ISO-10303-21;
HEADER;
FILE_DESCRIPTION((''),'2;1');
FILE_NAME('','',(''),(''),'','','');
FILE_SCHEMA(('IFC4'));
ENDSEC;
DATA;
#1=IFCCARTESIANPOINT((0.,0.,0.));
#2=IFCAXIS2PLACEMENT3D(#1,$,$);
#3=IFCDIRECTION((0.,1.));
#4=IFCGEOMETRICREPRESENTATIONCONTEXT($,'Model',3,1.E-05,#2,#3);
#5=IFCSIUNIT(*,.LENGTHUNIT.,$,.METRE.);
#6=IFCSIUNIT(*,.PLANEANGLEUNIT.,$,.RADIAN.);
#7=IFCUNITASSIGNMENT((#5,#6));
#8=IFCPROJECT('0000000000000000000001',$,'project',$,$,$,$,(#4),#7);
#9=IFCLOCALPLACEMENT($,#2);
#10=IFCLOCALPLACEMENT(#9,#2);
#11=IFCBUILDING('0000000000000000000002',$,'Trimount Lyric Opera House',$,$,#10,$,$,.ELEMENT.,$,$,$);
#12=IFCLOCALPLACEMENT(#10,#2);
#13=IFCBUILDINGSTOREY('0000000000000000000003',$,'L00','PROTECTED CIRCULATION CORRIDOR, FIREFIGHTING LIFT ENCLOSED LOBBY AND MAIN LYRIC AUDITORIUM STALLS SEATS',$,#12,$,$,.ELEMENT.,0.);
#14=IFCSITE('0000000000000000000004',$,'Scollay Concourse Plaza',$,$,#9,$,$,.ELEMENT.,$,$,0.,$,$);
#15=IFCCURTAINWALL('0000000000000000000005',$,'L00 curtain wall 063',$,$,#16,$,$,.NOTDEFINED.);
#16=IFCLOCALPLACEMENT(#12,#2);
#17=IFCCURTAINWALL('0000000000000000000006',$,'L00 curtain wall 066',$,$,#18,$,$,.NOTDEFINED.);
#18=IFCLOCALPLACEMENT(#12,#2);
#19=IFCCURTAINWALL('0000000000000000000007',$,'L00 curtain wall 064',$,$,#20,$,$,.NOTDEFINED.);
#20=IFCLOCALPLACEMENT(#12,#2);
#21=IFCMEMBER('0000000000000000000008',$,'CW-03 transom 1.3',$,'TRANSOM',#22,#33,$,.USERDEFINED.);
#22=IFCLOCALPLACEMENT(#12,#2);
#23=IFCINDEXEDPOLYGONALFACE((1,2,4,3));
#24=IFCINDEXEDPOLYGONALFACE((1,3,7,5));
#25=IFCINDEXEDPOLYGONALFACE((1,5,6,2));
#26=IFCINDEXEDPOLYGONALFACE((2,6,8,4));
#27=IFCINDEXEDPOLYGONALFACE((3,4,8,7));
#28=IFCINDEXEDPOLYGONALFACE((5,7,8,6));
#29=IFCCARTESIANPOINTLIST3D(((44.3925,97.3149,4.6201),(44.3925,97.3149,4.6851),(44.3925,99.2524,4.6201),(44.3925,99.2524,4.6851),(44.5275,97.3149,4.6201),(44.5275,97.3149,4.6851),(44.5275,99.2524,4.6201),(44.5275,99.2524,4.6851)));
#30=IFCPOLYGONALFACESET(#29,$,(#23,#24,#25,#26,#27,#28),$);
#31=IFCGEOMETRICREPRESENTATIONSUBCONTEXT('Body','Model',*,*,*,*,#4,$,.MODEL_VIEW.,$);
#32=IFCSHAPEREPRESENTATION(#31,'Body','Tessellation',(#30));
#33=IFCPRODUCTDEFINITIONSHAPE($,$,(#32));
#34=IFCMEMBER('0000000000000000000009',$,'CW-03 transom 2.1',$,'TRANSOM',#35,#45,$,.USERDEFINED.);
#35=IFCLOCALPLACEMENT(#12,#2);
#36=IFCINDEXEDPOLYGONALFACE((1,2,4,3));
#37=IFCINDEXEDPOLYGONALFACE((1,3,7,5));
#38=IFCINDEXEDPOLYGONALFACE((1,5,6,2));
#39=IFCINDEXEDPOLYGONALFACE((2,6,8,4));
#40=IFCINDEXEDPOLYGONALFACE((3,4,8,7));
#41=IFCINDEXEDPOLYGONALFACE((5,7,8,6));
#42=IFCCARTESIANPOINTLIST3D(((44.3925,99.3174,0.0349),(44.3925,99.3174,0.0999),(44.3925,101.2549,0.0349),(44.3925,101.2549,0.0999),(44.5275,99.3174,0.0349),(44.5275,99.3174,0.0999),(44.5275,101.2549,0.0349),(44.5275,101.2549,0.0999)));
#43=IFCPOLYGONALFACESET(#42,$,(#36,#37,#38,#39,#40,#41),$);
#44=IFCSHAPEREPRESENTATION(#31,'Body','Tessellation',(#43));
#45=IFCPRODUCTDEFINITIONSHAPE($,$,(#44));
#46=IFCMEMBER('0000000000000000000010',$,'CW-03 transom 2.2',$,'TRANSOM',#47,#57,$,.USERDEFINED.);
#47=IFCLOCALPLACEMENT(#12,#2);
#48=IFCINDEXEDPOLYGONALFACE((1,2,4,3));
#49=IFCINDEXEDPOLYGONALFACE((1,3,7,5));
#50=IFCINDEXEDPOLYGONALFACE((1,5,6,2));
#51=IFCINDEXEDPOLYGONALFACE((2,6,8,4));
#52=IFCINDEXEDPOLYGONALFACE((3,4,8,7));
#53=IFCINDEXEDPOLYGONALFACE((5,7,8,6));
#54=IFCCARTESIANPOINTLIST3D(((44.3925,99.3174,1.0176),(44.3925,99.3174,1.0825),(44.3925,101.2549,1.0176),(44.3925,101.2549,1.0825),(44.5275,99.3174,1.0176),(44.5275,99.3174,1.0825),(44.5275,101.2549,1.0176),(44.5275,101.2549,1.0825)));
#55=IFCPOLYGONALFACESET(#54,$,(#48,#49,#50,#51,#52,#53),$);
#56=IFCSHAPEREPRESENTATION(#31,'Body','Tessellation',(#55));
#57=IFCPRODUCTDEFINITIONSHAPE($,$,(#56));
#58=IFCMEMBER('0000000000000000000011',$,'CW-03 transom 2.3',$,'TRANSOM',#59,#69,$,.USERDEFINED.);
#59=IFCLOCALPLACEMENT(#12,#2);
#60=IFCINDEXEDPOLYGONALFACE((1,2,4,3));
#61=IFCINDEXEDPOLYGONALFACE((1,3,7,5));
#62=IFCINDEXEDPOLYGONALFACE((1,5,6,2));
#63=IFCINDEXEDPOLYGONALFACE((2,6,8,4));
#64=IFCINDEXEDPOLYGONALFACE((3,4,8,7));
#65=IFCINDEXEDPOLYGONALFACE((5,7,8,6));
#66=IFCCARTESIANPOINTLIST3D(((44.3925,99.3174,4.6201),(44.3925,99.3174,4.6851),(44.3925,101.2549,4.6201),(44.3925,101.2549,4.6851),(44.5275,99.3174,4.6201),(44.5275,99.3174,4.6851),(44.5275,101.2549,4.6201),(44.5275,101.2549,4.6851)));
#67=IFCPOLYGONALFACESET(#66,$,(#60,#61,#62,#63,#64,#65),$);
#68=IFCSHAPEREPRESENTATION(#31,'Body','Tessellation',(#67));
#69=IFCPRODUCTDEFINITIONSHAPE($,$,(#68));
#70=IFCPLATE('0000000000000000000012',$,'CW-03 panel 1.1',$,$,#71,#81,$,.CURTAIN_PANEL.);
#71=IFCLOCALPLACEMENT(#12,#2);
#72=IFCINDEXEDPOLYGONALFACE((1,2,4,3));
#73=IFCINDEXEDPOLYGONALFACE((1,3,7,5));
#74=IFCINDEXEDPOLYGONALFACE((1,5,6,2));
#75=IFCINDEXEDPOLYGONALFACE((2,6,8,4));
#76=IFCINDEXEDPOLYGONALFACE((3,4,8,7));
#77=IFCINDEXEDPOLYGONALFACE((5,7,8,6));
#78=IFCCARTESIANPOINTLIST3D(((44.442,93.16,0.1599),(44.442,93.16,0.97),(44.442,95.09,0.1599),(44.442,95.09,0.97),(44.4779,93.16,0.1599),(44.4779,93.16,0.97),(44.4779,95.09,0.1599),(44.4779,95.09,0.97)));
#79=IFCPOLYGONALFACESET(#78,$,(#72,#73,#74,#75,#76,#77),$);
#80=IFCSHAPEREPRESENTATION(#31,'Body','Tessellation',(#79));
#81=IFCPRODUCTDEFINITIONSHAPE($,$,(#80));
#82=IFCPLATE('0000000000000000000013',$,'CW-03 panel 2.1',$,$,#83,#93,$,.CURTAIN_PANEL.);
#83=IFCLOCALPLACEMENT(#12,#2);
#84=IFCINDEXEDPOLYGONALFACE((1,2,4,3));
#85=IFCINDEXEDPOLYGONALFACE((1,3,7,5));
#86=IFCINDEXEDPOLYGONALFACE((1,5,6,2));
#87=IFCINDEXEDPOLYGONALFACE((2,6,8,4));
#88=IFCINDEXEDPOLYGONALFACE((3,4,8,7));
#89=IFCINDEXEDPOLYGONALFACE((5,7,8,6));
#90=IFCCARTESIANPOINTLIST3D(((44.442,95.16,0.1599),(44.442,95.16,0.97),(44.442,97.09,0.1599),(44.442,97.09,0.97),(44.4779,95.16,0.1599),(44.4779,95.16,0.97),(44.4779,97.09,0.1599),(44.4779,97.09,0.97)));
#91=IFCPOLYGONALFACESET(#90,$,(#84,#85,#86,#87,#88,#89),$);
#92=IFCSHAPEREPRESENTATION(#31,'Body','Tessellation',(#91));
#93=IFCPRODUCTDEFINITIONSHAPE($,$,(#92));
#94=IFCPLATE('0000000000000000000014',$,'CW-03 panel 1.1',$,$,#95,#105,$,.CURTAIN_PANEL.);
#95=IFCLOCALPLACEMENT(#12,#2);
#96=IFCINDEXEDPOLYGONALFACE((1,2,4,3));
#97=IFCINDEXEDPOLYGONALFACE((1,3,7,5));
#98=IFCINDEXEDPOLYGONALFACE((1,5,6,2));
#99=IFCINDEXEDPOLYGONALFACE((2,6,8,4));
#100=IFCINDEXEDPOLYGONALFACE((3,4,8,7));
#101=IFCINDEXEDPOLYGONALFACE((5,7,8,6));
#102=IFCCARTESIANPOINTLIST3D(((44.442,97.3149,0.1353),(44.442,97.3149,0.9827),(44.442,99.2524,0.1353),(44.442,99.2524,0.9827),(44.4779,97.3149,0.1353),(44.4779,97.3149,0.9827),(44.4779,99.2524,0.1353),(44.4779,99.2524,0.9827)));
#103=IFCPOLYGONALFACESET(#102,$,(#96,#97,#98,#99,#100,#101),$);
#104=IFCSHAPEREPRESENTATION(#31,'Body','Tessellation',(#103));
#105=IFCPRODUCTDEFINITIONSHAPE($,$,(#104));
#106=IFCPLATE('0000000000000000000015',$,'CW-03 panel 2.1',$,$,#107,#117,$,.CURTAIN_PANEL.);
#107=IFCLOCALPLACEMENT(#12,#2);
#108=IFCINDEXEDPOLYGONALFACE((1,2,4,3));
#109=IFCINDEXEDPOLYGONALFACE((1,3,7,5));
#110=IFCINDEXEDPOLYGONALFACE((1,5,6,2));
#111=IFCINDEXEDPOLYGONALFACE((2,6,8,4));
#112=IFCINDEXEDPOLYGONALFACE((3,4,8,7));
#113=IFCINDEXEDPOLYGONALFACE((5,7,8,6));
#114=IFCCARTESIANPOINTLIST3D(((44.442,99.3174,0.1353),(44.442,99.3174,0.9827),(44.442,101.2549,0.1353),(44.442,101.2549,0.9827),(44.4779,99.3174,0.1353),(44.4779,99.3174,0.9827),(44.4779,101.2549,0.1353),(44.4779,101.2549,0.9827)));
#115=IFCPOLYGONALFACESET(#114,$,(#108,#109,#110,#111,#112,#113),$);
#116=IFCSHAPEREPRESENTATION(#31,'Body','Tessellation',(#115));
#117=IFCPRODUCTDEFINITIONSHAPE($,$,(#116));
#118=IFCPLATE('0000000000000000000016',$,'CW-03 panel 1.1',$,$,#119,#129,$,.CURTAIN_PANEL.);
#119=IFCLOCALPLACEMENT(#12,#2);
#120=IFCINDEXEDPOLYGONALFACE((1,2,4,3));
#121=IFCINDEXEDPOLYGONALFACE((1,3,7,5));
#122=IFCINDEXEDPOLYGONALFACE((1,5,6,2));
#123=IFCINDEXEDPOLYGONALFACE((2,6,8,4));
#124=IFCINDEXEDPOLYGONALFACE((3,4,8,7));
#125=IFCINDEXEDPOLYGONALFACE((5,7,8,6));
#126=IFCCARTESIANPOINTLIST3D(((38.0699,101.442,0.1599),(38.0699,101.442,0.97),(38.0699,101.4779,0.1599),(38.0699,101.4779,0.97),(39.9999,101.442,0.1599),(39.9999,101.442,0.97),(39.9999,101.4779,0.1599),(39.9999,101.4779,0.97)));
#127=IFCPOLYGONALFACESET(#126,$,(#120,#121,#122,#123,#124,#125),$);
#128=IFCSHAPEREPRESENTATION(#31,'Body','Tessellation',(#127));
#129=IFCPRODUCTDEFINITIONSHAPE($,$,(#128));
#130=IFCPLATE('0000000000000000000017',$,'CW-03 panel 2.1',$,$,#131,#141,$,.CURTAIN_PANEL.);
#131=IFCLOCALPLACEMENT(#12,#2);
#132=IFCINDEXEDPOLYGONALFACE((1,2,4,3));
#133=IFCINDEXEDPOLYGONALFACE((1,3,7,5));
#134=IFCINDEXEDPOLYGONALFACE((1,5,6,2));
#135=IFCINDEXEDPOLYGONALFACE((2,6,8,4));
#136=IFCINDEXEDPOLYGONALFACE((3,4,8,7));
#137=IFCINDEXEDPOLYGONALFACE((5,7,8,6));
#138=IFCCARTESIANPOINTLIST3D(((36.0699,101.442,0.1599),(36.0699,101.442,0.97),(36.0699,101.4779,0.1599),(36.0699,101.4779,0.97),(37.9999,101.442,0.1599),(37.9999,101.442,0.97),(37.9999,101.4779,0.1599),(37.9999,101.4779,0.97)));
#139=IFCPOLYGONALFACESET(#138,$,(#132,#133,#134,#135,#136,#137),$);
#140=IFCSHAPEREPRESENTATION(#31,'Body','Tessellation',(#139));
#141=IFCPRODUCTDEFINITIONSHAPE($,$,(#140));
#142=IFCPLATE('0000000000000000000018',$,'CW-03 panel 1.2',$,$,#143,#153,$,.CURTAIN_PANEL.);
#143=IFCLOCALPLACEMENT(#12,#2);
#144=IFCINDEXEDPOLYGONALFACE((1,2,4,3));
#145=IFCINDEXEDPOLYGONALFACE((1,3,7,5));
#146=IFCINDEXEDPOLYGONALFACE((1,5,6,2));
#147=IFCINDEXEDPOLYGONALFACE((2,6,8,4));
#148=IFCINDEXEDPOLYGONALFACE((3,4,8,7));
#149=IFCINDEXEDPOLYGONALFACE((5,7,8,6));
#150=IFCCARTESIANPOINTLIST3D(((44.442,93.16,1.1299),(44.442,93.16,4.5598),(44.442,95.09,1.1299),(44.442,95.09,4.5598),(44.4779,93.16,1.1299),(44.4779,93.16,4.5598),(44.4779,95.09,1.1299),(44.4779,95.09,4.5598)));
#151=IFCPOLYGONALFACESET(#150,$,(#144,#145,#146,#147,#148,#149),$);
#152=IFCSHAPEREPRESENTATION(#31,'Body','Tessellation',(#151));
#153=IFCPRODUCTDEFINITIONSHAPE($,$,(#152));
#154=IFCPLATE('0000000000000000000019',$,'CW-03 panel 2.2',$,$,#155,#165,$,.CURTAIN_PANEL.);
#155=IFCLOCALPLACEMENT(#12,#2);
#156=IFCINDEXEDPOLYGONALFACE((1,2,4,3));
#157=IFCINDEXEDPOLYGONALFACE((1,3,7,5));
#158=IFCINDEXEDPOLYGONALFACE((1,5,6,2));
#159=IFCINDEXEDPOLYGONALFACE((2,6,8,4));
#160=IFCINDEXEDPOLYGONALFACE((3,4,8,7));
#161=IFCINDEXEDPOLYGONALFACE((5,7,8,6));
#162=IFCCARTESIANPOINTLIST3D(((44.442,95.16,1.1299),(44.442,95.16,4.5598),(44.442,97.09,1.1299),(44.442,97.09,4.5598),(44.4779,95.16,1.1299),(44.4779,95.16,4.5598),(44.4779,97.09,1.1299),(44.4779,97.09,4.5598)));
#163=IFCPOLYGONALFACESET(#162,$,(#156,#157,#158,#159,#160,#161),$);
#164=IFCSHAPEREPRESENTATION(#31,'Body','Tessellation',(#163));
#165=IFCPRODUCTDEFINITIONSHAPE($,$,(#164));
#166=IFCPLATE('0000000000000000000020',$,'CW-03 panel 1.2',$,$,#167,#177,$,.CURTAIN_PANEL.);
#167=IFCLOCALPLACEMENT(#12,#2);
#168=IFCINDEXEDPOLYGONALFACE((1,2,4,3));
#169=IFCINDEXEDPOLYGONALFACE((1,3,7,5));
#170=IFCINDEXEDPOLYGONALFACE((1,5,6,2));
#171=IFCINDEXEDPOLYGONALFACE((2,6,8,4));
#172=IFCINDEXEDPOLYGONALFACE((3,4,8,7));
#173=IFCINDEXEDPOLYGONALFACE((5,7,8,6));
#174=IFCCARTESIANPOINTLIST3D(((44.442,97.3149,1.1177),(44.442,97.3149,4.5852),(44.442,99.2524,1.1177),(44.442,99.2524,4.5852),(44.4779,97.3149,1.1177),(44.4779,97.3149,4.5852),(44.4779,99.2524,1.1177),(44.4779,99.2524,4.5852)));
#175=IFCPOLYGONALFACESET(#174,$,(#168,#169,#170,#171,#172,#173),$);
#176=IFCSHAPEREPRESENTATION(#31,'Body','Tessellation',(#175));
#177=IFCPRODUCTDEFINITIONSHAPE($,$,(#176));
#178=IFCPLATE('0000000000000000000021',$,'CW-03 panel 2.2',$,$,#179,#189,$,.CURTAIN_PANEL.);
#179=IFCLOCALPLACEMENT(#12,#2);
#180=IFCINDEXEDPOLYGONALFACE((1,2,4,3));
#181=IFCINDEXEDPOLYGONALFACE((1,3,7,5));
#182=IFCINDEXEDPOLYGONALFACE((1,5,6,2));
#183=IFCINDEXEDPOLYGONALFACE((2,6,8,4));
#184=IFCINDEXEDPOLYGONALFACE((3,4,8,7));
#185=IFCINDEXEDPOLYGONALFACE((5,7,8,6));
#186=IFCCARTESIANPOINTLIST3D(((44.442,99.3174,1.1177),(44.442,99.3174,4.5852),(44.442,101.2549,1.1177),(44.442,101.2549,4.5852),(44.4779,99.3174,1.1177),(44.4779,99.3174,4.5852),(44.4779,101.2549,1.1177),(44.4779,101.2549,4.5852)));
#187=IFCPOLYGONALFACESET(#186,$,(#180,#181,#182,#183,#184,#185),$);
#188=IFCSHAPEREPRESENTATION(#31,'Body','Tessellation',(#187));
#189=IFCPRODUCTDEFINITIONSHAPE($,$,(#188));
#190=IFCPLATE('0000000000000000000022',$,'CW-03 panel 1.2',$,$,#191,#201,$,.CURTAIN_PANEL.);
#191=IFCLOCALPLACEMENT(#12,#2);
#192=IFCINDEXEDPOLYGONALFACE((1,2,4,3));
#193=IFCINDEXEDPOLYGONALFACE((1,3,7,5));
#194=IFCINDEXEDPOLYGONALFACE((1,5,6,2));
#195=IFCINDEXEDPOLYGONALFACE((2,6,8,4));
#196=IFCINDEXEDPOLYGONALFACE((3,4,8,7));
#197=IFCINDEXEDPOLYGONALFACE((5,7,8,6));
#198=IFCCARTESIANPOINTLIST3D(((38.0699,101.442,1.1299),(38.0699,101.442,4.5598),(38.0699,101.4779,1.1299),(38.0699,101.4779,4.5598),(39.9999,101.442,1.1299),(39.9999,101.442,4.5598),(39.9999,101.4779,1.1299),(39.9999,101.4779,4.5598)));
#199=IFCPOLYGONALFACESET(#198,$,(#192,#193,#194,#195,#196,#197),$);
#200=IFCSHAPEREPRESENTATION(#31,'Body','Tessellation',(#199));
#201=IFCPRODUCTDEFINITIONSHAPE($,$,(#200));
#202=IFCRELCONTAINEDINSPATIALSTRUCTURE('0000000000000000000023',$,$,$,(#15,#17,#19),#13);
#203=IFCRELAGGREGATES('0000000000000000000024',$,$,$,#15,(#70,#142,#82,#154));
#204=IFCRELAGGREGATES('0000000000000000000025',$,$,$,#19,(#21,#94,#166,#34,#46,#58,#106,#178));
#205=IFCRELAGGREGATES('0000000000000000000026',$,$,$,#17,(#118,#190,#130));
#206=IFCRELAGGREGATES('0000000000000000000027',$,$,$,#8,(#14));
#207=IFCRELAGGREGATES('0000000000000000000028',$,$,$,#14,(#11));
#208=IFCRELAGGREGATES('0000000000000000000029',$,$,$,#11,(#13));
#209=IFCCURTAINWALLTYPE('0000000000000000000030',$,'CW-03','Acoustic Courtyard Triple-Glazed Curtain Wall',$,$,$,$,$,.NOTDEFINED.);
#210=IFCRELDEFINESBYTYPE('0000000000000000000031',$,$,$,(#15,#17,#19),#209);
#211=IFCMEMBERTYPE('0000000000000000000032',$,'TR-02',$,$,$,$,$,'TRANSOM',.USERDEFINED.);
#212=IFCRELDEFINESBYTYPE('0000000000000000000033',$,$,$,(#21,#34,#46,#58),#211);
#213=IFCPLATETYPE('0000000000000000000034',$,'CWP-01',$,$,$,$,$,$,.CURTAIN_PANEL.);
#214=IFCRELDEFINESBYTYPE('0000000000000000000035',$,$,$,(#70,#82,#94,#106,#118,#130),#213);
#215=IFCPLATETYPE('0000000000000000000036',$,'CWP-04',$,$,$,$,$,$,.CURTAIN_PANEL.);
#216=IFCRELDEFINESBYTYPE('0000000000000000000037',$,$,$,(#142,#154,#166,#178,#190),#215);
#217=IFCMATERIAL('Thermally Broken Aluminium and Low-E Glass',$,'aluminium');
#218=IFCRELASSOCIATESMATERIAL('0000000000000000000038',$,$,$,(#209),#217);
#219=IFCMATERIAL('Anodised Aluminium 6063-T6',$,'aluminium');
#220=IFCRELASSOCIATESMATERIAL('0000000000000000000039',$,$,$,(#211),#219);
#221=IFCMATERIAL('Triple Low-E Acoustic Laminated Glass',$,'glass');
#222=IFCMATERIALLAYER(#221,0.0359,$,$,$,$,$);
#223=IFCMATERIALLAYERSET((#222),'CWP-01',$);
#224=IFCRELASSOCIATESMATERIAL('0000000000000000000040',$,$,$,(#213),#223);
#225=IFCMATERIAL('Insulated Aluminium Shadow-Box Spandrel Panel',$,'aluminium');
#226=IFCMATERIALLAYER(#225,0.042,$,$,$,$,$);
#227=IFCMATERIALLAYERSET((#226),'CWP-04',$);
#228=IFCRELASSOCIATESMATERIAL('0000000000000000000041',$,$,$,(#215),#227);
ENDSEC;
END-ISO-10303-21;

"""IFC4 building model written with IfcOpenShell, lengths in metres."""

from ifc_helpers import new_model, si_unit, direction, frame, origin, origin_2d, place, context, subcontext, project, spatial, rectangle, extrude, material, layer, layer_set, material_profile, profile_set, type_object, element, aggregate, save


model = new_model("IFC4")

# Units and contexts
model_context = context("Model", 3, precision=1e-05, world=origin(), true_north=direction((0.0, 1.0)))
body_context = subcontext(model_context, "Body", "Model", "MODEL_VIEW")
ifc_project = project(units=[si_unit("LENGTHUNIT", "METRE"), si_unit("PLANEANGLEUNIT", "RADIAN")], contexts=[model_context])

# Site, building, storey
site_placement = place(None, origin())
site = spatial("IfcSite", under=ifc_project, at=site_placement, Name="Scollay Concourse Plaza", CompositionType="ELEMENT", RefElevation=0.0)
building_placement = place(site_placement, origin())
building = spatial("IfcBuilding", under=site, at=building_placement, Name="Trimount Lyric Opera House", CompositionType="ELEMENT")
storey_placement = place(building_placement, origin())
storey = spatial("IfcBuildingStorey", under=building, at=storey_placement, Name="L00", Description="PROTECTED CIRCULATION CORRIDOR, FIREFIGHTING LIFT ENCLOSED LOBBY AND MAIN LYRIC AUDITORIUM STALLS SEATS", CompositionType="ELEMENT", Elevation=0.0)

# Curtain walls
ifc_material_1 = material(Name="Thermally Broken Aluminium and Low-E Glass", Category="aluminium")
curtain_wall_type = type_object("IfcCurtainWallType", Name="CW-03", Description="Acoustic Courtyard Triple-Glazed Curtain Wall", PredefinedType="NOTDEFINED", material=ifc_material_1)
curtain_wall_1_placement = place(storey_placement, origin())
curtain_wall_1 = element("IfcCurtainWall", 1, at=curtain_wall_1_placement, inside=storey, type_object=curtain_wall_type, Name="L00 curtain wall 063", PredefinedType="NOTDEFINED")
curtain_wall_2_placement = place(storey_placement, origin())
curtain_wall_2 = element("IfcCurtainWall", 2, at=curtain_wall_2_placement, inside=storey, type_object=curtain_wall_type, Name="L00 curtain wall 066", PredefinedType="NOTDEFINED")
curtain_wall_3_placement = place(storey_placement, origin())
curtain_wall_3 = element("IfcCurtainWall", 3, at=curtain_wall_3_placement, inside=storey, type_object=curtain_wall_type, Name="L00 curtain wall 064", PredefinedType="NOTDEFINED")

# Members
ifc_material_2 = material(Name="Anodised Aluminium 6063-T6", Category="aluminium")
ifc_material_profile_1 = material_profile(ifc_material_2, rectangle(XDim=0.135, YDim=0.0649, at=origin_2d()), Name="ALU-TRAN-65X135")
ifc_profile_set_1 = profile_set([ifc_material_profile_1], Name="Anodised Aluminium 6063-T6")
member_type_1 = type_object("IfcMemberType", Name="TR-02", ElementType="TRANSOM", PredefinedType="USERDEFINED", material=ifc_profile_set_1)
member_1_placement = place(storey_placement, frame((44.46, 97.3149, 4.6526), z_axis=(0.0, 1.0, 0.0), x_axis=(-1.0, 0.0, 0.0)))
member_1 = element("IfcMember", 4, at=member_1_placement, type_object=member_type_1, Name="CW-03 transom 1.3", ObjectType="TRANSOM", PredefinedType="USERDEFINED", context=body_context, shape_type="SweptSolid", body=[
    extrude(rectangle(XDim=0.135, YDim=0.0649, at=origin_2d()), origin(), (0.0, 0.0, 1.0), 1.9375),
])
member_2_placement = place(storey_placement, frame((44.46, 99.3174, 0.0674), z_axis=(0.0, 1.0, 0.0), x_axis=(-1.0, 0.0, 0.0)))
member_2 = element("IfcMember", 5, at=member_2_placement, type_object=member_type_1, Name="CW-03 transom 2.1", ObjectType="TRANSOM", PredefinedType="USERDEFINED", context=body_context, shape_type="SweptSolid", body=[
    extrude(rectangle(XDim=0.135, YDim=0.0649, at=origin_2d()), origin(), (0.0, 0.0, 1.0), 1.9375),
])
member_3_placement = place(storey_placement, frame((44.46, 99.3174, 1.05), z_axis=(0.0, 1.0, 0.0), x_axis=(-1.0, 0.0, 0.0)))
member_3 = element("IfcMember", 6, at=member_3_placement, type_object=member_type_1, Name="CW-03 transom 2.2", ObjectType="TRANSOM", PredefinedType="USERDEFINED", context=body_context, shape_type="SweptSolid", body=[
    extrude(rectangle(XDim=0.135, YDim=0.0649, at=origin_2d()), origin(), (0.0, 0.0, 1.0), 1.9375),
])
member_4_placement = place(storey_placement, frame((44.46, 99.3174, 4.6526), z_axis=(0.0, 1.0, 0.0), x_axis=(-1.0, 0.0, 0.0)))
member_4 = element("IfcMember", 7, at=member_4_placement, type_object=member_type_1, Name="CW-03 transom 2.3", ObjectType="TRANSOM", PredefinedType="USERDEFINED", context=body_context, shape_type="SweptSolid", body=[
    extrude(rectangle(XDim=0.135, YDim=0.0649, at=origin_2d()), origin(), (0.0, 0.0, 1.0), 1.9375),
])

# Plates
ifc_material_3 = material(Name="Triple Low-E Acoustic Laminated Glass", Category="glass")
ifc_layer_1 = layer(ifc_material_3, 0.0359)
ifc_layer_set_1 = layer_set([ifc_layer_1], Name="CWP-01")
plate_type_1 = type_object("IfcPlateType", Name="CWP-01", PredefinedType="CURTAIN_PANEL", material=ifc_layer_set_1)
plate_1_placement = place(storey_placement, frame((44.46, 94.125, 0.1599), z_axis=(0.0, 0.0, 1.0), x_axis=(0.0, 1.0, 0.0)))
plate_1 = element("IfcPlate", 8, at=plate_1_placement, type_object=plate_type_1, Name="CW-03 panel 1.1", PredefinedType="CURTAIN_PANEL", context=body_context, shape_type="SweptSolid", body=[
    extrude(rectangle(XDim=1.9299, YDim=0.0359, at=origin_2d()), origin(), (0.0, 0.0, 1.0), 0.8101),
])
plate_2_placement = place(storey_placement, frame((44.46, 96.125, 0.1599), z_axis=(0.0, 0.0, 1.0), x_axis=(0.0, 1.0, 0.0)))
plate_2 = element("IfcPlate", 9, at=plate_2_placement, type_object=plate_type_1, Name="CW-03 panel 2.1", PredefinedType="CURTAIN_PANEL", context=body_context, shape_type="SweptSolid", body=[
    extrude(rectangle(XDim=1.9299, YDim=0.0359, at=origin_2d()), origin(), (0.0, 0.0, 1.0), 0.8101),
])
plate_3_placement = place(storey_placement, frame((44.46, 98.2837, 0.1353), z_axis=(0.0, 0.0, 1.0), x_axis=(0.0, 1.0, 0.0)))
plate_3 = element("IfcPlate", 10, at=plate_3_placement, type_object=plate_type_1, Name="CW-03 panel 1.1", PredefinedType="CURTAIN_PANEL", context=body_context, shape_type="SweptSolid", body=[
    extrude(rectangle(XDim=1.9375, YDim=0.0359, at=origin_2d()), origin(), (0.0, 0.0, 1.0), 0.8474),
])
plate_4_placement = place(storey_placement, frame((44.46, 100.2861, 0.1353), z_axis=(0.0, 0.0, 1.0), x_axis=(0.0, 1.0, 0.0)))
plate_4 = element("IfcPlate", 11, at=plate_4_placement, type_object=plate_type_1, Name="CW-03 panel 2.1", PredefinedType="CURTAIN_PANEL", context=body_context, shape_type="SweptSolid", body=[
    extrude(rectangle(XDim=1.9375, YDim=0.0359, at=origin_2d()), origin(), (0.0, 0.0, 1.0), 0.8474),
])
plate_5_placement = place(storey_placement, frame((39.0349, 101.46, 0.1599), z_axis=(0.0, 0.0, 1.0), x_axis=(-1.0, 0.0, 0.0)))
plate_5 = element("IfcPlate", 12, at=plate_5_placement, type_object=plate_type_1, Name="CW-03 panel 1.1", PredefinedType="CURTAIN_PANEL", context=body_context, shape_type="SweptSolid", body=[
    extrude(rectangle(XDim=1.9299, YDim=0.0359, at=origin_2d()), origin(), (0.0, 0.0, 1.0), 0.8101),
])
plate_6_placement = place(storey_placement, frame((37.0349, 101.46, 0.1599), z_axis=(0.0, 0.0, 1.0), x_axis=(-1.0, 0.0, 0.0)))
plate_6 = element("IfcPlate", 13, at=plate_6_placement, type_object=plate_type_1, Name="CW-03 panel 2.1", PredefinedType="CURTAIN_PANEL", context=body_context, shape_type="SweptSolid", body=[
    extrude(rectangle(XDim=1.9299, YDim=0.0359, at=origin_2d()), origin(), (0.0, 0.0, 1.0), 0.8101),
])
ifc_material_4 = material(Name="Insulated Aluminium Shadow-Box Spandrel Panel", Category="aluminium")
ifc_layer_2 = layer(ifc_material_4, 0.042)
ifc_layer_set_2 = layer_set([ifc_layer_2], Name="CWP-04")
plate_type_2 = type_object("IfcPlateType", Name="CWP-04", PredefinedType="CURTAIN_PANEL", material=ifc_layer_set_2)
plate_7_placement = place(storey_placement, frame((44.46, 94.125, 1.1299), z_axis=(0.0, 0.0, 1.0), x_axis=(0.0, 1.0, 0.0)))
plate_7 = element("IfcPlate", 14, at=plate_7_placement, type_object=plate_type_2, Name="CW-03 panel 1.2", PredefinedType="CURTAIN_PANEL", context=body_context, shape_type="SweptSolid", body=[
    extrude(rectangle(XDim=1.9299, YDim=0.0359, at=origin_2d()), origin(), (0.0, 0.0, 1.0), 3.4299),
])
plate_8_placement = place(storey_placement, frame((44.46, 96.125, 1.1299), z_axis=(0.0, 0.0, 1.0), x_axis=(0.0, 1.0, 0.0)))
plate_8 = element("IfcPlate", 15, at=plate_8_placement, type_object=plate_type_2, Name="CW-03 panel 2.2", PredefinedType="CURTAIN_PANEL", context=body_context, shape_type="SweptSolid", body=[
    extrude(rectangle(XDim=1.9299, YDim=0.0359, at=origin_2d()), origin(), (0.0, 0.0, 1.0), 3.4299),
])
aggregate(curtain_wall_1, [plate_1, plate_7, plate_2, plate_8])
plate_9_placement = place(storey_placement, frame((44.46, 98.2837, 1.1177), z_axis=(0.0, 0.0, 1.0), x_axis=(0.0, 1.0, 0.0)))
plate_9 = element("IfcPlate", 16, at=plate_9_placement, type_object=plate_type_2, Name="CW-03 panel 1.2", PredefinedType="CURTAIN_PANEL", context=body_context, shape_type="SweptSolid", body=[
    extrude(rectangle(XDim=1.9375, YDim=0.0359, at=origin_2d()), origin(), (0.0, 0.0, 1.0), 3.4675),
])
plate_10_placement = place(storey_placement, frame((44.46, 100.2861, 1.1177), z_axis=(0.0, 0.0, 1.0), x_axis=(0.0, 1.0, 0.0)))
plate_10 = element("IfcPlate", 17, at=plate_10_placement, type_object=plate_type_2, Name="CW-03 panel 2.2", PredefinedType="CURTAIN_PANEL", context=body_context, shape_type="SweptSolid", body=[
    extrude(rectangle(XDim=1.9375, YDim=0.0359, at=origin_2d()), origin(), (0.0, 0.0, 1.0), 3.4675),
])
aggregate(curtain_wall_3, [member_1, plate_3, plate_9, member_2, member_3, member_4, plate_4, plate_10])
plate_11_placement = place(storey_placement, frame((39.0349, 101.46, 1.1299), z_axis=(0.0, 0.0, 1.0), x_axis=(-1.0, 0.0, 0.0)))
plate_11 = element("IfcPlate", 18, at=plate_11_placement, type_object=plate_type_2, Name="CW-03 panel 1.2", PredefinedType="CURTAIN_PANEL", context=body_context, shape_type="SweptSolid", body=[
    extrude(rectangle(XDim=1.9299, YDim=0.0359, at=origin_2d()), origin(), (0.0, 0.0, 1.0), 3.4299),
])
aggregate(curtain_wall_2, [plate_5, plate_11, plate_6])

save(model, "model.ifc")
